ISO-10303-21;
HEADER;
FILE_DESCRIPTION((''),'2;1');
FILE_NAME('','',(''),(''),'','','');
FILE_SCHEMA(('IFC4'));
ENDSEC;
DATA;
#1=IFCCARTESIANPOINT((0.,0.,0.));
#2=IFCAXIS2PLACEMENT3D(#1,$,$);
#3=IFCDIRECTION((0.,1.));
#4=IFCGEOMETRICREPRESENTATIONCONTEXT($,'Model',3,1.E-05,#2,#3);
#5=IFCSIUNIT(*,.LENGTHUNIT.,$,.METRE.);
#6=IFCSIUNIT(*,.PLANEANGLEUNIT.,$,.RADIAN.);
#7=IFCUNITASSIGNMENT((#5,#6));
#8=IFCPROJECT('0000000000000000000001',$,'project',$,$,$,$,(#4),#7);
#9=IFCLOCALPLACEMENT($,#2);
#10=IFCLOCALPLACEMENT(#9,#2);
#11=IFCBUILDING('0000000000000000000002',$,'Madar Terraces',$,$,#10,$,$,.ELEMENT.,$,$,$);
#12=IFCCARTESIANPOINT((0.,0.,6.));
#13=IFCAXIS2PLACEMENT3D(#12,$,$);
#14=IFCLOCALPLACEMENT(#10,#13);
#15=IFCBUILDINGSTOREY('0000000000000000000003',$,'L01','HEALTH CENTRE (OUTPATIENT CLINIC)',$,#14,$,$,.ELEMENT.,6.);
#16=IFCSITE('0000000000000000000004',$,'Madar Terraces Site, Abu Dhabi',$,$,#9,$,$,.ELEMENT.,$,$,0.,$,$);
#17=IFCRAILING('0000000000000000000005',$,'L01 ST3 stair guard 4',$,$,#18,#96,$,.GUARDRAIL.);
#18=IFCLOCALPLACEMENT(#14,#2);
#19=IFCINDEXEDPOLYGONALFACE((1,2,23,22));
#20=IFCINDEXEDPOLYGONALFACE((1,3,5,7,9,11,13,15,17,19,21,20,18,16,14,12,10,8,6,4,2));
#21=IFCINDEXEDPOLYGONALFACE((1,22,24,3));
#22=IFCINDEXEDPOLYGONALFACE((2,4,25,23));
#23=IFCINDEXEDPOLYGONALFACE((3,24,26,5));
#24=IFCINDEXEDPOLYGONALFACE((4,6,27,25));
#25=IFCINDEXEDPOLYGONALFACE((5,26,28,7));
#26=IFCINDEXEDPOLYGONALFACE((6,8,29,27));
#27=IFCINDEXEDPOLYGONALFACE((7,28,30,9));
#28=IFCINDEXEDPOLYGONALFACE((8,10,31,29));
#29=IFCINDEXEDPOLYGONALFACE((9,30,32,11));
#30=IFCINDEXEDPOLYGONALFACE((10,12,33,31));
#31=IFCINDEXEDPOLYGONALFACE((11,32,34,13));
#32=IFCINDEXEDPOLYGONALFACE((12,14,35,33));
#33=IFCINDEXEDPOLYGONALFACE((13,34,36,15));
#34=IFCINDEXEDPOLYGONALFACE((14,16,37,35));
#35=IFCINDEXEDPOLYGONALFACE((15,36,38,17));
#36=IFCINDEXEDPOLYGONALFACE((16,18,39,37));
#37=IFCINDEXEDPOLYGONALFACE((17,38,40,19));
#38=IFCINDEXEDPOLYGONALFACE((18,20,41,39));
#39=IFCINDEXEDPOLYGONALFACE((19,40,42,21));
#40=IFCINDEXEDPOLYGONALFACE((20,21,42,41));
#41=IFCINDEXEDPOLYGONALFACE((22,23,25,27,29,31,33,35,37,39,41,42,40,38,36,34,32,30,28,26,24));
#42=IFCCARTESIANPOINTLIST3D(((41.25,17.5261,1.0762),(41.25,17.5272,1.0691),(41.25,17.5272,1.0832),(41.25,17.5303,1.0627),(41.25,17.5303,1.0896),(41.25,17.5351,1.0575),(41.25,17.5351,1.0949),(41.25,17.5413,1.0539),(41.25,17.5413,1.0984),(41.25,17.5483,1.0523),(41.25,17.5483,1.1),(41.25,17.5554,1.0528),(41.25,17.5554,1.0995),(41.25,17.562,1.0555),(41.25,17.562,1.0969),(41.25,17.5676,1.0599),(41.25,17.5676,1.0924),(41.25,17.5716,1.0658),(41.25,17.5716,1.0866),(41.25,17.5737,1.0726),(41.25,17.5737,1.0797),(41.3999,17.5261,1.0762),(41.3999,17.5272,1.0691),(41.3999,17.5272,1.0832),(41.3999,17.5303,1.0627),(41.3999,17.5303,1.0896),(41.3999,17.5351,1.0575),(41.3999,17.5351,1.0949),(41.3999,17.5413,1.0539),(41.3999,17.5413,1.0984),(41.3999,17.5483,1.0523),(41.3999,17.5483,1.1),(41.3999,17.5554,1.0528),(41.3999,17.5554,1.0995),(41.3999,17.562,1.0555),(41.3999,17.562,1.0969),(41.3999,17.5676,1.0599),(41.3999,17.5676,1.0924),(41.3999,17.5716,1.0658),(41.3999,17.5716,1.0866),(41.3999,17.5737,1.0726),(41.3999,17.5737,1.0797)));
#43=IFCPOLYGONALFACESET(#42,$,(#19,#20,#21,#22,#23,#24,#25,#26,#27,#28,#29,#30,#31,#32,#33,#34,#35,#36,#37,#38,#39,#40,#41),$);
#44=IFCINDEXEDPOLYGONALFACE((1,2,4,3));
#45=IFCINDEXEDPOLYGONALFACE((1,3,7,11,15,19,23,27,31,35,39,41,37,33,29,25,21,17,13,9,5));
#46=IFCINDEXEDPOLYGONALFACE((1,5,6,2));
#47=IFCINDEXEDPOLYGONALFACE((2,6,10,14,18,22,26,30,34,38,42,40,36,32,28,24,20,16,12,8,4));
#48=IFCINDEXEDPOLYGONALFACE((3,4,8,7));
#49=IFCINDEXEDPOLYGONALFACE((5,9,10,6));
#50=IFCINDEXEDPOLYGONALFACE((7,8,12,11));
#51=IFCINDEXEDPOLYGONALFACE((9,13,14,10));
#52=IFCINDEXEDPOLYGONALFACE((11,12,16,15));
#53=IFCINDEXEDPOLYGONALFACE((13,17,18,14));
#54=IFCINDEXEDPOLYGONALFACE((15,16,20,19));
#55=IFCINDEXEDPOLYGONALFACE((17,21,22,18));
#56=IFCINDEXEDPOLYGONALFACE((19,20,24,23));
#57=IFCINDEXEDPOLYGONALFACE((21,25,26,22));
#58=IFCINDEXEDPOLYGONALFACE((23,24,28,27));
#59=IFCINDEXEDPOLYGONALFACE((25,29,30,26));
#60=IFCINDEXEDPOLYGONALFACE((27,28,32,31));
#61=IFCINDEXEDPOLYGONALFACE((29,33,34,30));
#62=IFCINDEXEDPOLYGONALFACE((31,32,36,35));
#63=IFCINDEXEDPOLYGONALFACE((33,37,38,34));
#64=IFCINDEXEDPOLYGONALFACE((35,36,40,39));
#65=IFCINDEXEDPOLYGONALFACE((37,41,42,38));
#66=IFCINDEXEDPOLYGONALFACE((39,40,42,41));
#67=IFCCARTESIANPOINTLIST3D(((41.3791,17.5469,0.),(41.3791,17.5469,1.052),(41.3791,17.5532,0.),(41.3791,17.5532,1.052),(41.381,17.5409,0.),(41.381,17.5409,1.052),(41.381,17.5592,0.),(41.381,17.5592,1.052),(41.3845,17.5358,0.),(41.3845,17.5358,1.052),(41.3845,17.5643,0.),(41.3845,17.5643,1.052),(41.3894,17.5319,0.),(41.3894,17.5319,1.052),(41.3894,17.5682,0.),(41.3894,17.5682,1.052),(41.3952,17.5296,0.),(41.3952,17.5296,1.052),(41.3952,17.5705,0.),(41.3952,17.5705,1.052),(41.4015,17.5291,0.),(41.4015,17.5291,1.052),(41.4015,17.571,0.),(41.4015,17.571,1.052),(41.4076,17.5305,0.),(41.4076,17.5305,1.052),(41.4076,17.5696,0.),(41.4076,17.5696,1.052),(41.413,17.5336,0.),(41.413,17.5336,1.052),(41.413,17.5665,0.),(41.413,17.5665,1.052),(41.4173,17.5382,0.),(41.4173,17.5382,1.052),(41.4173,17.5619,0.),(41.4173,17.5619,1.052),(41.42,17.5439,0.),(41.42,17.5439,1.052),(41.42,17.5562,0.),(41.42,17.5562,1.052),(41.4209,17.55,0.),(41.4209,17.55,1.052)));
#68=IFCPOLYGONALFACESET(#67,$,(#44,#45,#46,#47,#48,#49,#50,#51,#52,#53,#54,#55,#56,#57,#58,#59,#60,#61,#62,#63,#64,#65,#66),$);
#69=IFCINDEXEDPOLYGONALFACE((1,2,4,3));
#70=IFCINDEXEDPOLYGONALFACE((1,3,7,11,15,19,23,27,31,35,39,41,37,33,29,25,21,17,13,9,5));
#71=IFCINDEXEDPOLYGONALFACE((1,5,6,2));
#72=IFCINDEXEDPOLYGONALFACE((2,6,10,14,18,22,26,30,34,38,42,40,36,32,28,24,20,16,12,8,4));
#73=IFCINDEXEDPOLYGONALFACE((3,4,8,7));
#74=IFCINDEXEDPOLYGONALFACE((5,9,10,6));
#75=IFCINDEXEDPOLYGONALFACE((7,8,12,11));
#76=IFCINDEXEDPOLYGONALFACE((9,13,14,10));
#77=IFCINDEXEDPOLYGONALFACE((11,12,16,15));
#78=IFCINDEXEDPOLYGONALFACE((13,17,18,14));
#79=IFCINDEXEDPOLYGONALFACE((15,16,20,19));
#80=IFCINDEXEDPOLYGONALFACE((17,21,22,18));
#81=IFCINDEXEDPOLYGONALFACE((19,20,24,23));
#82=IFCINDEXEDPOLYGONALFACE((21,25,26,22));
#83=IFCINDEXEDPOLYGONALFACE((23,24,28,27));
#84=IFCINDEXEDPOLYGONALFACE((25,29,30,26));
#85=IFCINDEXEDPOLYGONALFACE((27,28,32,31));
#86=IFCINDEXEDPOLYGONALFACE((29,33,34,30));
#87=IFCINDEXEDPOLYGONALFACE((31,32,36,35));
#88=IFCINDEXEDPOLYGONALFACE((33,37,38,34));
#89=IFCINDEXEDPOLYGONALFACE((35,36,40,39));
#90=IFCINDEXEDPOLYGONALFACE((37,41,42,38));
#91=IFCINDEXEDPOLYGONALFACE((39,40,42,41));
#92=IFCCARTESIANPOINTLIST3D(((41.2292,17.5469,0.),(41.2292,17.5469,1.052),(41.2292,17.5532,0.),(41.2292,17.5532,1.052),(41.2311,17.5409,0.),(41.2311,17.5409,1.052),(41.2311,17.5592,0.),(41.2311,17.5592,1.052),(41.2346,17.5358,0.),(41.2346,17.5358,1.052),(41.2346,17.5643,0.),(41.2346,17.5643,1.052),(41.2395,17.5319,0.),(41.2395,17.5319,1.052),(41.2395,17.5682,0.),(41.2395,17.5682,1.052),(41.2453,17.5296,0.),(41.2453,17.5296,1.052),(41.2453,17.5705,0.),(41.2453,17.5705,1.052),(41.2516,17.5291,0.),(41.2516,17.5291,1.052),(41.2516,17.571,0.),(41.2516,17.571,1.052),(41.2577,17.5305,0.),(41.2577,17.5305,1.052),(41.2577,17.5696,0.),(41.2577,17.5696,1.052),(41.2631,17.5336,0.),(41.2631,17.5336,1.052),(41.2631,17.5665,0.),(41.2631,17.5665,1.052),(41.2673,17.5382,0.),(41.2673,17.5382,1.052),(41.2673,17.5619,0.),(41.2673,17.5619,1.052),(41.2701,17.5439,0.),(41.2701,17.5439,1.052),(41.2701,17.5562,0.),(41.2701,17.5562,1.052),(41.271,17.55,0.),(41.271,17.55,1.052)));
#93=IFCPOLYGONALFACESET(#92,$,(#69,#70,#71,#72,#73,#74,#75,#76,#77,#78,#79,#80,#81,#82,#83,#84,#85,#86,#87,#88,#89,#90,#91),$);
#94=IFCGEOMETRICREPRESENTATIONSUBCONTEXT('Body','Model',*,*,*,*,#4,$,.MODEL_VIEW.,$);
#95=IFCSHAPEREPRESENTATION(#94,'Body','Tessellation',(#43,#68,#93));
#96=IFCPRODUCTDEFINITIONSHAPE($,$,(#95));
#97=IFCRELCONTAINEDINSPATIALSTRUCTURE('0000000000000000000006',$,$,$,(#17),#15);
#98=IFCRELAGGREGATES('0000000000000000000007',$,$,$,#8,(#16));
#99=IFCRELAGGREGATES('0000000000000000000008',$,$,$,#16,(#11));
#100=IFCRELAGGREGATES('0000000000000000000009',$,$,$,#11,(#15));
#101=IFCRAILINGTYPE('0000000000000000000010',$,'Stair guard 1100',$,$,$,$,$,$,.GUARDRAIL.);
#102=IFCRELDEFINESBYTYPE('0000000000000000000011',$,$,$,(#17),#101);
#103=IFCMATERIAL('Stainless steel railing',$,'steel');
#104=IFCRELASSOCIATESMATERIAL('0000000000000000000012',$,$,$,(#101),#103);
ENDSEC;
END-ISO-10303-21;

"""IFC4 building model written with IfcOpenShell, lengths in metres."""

from ifc_helpers import new_model, si_unit, direction, frame, origin, origin_2d, place, context, subcontext, project, spatial, circle, extrude, material, type_object, element, save


model = new_model("IFC4")

# Units and contexts
model_context = context("Model", 3, precision=1e-05, world=origin(), true_north=direction((0.0, 1.0)))
body_context = subcontext(model_context, "Body", "Model", "MODEL_VIEW")
ifc_project = project(units=[si_unit("LENGTHUNIT", "METRE"), si_unit("PLANEANGLEUNIT", "RADIAN")], contexts=[model_context])

# Site, building, storey
site_placement = place(None, origin())
site = spatial("IfcSite", under=ifc_project, at=site_placement, Name="Madar Terraces Site, Abu Dhabi", CompositionType="ELEMENT", RefElevation=0.0)
building_placement = place(site_placement, origin())
building = spatial("IfcBuilding", under=site, at=building_placement, Name="Madar Terraces", CompositionType="ELEMENT")
storey_placement = place(building_placement, frame((0.0, 0.0, 6.0)))
storey = spatial("IfcBuildingStorey", under=building, at=storey_placement, Name="L01", Description="HEALTH CENTRE (OUTPATIENT CLINIC)", CompositionType="ELEMENT", Elevation=6.0)

# Railing
ifc_material_1 = material(Name="Stainless steel railing", Category="steel")
railing_type = type_object("IfcRailingType", Name="Stair guard 1100", PredefinedType="GUARDRAIL", material=ifc_material_1)
railing_1_placement = place(storey_placement, frame((41.3999, 17.55, 0.0)))
element("IfcRailing", 1, at=railing_1_placement, inside=storey, type_object=railing_type, Name="L01 ST3 stair guard 4", PredefinedType="GUARDRAIL", context=body_context, shape_type="SweptSolid", body=[
    extrude(circle(Radius=0.0239, at=origin_2d()), frame((0.0, 0.0, 1.0762), z_axis=(-1.0, 0.0, 0.0), x_axis=(0.0, -1.0, 0.0)), (0.0, 0.0, 1.0), 0.1499),
    extrude(circle(Radius=0.021, at=origin_2d()), origin(), (0.0, 0.0, 1.0), 1.052),
    extrude(circle(Radius=0.021, at=origin_2d()), frame((-0.1499, 0.0, 0.0)), (0.0, 0.0, 1.0), 1.052),
])

save(model, "model.ifc")
